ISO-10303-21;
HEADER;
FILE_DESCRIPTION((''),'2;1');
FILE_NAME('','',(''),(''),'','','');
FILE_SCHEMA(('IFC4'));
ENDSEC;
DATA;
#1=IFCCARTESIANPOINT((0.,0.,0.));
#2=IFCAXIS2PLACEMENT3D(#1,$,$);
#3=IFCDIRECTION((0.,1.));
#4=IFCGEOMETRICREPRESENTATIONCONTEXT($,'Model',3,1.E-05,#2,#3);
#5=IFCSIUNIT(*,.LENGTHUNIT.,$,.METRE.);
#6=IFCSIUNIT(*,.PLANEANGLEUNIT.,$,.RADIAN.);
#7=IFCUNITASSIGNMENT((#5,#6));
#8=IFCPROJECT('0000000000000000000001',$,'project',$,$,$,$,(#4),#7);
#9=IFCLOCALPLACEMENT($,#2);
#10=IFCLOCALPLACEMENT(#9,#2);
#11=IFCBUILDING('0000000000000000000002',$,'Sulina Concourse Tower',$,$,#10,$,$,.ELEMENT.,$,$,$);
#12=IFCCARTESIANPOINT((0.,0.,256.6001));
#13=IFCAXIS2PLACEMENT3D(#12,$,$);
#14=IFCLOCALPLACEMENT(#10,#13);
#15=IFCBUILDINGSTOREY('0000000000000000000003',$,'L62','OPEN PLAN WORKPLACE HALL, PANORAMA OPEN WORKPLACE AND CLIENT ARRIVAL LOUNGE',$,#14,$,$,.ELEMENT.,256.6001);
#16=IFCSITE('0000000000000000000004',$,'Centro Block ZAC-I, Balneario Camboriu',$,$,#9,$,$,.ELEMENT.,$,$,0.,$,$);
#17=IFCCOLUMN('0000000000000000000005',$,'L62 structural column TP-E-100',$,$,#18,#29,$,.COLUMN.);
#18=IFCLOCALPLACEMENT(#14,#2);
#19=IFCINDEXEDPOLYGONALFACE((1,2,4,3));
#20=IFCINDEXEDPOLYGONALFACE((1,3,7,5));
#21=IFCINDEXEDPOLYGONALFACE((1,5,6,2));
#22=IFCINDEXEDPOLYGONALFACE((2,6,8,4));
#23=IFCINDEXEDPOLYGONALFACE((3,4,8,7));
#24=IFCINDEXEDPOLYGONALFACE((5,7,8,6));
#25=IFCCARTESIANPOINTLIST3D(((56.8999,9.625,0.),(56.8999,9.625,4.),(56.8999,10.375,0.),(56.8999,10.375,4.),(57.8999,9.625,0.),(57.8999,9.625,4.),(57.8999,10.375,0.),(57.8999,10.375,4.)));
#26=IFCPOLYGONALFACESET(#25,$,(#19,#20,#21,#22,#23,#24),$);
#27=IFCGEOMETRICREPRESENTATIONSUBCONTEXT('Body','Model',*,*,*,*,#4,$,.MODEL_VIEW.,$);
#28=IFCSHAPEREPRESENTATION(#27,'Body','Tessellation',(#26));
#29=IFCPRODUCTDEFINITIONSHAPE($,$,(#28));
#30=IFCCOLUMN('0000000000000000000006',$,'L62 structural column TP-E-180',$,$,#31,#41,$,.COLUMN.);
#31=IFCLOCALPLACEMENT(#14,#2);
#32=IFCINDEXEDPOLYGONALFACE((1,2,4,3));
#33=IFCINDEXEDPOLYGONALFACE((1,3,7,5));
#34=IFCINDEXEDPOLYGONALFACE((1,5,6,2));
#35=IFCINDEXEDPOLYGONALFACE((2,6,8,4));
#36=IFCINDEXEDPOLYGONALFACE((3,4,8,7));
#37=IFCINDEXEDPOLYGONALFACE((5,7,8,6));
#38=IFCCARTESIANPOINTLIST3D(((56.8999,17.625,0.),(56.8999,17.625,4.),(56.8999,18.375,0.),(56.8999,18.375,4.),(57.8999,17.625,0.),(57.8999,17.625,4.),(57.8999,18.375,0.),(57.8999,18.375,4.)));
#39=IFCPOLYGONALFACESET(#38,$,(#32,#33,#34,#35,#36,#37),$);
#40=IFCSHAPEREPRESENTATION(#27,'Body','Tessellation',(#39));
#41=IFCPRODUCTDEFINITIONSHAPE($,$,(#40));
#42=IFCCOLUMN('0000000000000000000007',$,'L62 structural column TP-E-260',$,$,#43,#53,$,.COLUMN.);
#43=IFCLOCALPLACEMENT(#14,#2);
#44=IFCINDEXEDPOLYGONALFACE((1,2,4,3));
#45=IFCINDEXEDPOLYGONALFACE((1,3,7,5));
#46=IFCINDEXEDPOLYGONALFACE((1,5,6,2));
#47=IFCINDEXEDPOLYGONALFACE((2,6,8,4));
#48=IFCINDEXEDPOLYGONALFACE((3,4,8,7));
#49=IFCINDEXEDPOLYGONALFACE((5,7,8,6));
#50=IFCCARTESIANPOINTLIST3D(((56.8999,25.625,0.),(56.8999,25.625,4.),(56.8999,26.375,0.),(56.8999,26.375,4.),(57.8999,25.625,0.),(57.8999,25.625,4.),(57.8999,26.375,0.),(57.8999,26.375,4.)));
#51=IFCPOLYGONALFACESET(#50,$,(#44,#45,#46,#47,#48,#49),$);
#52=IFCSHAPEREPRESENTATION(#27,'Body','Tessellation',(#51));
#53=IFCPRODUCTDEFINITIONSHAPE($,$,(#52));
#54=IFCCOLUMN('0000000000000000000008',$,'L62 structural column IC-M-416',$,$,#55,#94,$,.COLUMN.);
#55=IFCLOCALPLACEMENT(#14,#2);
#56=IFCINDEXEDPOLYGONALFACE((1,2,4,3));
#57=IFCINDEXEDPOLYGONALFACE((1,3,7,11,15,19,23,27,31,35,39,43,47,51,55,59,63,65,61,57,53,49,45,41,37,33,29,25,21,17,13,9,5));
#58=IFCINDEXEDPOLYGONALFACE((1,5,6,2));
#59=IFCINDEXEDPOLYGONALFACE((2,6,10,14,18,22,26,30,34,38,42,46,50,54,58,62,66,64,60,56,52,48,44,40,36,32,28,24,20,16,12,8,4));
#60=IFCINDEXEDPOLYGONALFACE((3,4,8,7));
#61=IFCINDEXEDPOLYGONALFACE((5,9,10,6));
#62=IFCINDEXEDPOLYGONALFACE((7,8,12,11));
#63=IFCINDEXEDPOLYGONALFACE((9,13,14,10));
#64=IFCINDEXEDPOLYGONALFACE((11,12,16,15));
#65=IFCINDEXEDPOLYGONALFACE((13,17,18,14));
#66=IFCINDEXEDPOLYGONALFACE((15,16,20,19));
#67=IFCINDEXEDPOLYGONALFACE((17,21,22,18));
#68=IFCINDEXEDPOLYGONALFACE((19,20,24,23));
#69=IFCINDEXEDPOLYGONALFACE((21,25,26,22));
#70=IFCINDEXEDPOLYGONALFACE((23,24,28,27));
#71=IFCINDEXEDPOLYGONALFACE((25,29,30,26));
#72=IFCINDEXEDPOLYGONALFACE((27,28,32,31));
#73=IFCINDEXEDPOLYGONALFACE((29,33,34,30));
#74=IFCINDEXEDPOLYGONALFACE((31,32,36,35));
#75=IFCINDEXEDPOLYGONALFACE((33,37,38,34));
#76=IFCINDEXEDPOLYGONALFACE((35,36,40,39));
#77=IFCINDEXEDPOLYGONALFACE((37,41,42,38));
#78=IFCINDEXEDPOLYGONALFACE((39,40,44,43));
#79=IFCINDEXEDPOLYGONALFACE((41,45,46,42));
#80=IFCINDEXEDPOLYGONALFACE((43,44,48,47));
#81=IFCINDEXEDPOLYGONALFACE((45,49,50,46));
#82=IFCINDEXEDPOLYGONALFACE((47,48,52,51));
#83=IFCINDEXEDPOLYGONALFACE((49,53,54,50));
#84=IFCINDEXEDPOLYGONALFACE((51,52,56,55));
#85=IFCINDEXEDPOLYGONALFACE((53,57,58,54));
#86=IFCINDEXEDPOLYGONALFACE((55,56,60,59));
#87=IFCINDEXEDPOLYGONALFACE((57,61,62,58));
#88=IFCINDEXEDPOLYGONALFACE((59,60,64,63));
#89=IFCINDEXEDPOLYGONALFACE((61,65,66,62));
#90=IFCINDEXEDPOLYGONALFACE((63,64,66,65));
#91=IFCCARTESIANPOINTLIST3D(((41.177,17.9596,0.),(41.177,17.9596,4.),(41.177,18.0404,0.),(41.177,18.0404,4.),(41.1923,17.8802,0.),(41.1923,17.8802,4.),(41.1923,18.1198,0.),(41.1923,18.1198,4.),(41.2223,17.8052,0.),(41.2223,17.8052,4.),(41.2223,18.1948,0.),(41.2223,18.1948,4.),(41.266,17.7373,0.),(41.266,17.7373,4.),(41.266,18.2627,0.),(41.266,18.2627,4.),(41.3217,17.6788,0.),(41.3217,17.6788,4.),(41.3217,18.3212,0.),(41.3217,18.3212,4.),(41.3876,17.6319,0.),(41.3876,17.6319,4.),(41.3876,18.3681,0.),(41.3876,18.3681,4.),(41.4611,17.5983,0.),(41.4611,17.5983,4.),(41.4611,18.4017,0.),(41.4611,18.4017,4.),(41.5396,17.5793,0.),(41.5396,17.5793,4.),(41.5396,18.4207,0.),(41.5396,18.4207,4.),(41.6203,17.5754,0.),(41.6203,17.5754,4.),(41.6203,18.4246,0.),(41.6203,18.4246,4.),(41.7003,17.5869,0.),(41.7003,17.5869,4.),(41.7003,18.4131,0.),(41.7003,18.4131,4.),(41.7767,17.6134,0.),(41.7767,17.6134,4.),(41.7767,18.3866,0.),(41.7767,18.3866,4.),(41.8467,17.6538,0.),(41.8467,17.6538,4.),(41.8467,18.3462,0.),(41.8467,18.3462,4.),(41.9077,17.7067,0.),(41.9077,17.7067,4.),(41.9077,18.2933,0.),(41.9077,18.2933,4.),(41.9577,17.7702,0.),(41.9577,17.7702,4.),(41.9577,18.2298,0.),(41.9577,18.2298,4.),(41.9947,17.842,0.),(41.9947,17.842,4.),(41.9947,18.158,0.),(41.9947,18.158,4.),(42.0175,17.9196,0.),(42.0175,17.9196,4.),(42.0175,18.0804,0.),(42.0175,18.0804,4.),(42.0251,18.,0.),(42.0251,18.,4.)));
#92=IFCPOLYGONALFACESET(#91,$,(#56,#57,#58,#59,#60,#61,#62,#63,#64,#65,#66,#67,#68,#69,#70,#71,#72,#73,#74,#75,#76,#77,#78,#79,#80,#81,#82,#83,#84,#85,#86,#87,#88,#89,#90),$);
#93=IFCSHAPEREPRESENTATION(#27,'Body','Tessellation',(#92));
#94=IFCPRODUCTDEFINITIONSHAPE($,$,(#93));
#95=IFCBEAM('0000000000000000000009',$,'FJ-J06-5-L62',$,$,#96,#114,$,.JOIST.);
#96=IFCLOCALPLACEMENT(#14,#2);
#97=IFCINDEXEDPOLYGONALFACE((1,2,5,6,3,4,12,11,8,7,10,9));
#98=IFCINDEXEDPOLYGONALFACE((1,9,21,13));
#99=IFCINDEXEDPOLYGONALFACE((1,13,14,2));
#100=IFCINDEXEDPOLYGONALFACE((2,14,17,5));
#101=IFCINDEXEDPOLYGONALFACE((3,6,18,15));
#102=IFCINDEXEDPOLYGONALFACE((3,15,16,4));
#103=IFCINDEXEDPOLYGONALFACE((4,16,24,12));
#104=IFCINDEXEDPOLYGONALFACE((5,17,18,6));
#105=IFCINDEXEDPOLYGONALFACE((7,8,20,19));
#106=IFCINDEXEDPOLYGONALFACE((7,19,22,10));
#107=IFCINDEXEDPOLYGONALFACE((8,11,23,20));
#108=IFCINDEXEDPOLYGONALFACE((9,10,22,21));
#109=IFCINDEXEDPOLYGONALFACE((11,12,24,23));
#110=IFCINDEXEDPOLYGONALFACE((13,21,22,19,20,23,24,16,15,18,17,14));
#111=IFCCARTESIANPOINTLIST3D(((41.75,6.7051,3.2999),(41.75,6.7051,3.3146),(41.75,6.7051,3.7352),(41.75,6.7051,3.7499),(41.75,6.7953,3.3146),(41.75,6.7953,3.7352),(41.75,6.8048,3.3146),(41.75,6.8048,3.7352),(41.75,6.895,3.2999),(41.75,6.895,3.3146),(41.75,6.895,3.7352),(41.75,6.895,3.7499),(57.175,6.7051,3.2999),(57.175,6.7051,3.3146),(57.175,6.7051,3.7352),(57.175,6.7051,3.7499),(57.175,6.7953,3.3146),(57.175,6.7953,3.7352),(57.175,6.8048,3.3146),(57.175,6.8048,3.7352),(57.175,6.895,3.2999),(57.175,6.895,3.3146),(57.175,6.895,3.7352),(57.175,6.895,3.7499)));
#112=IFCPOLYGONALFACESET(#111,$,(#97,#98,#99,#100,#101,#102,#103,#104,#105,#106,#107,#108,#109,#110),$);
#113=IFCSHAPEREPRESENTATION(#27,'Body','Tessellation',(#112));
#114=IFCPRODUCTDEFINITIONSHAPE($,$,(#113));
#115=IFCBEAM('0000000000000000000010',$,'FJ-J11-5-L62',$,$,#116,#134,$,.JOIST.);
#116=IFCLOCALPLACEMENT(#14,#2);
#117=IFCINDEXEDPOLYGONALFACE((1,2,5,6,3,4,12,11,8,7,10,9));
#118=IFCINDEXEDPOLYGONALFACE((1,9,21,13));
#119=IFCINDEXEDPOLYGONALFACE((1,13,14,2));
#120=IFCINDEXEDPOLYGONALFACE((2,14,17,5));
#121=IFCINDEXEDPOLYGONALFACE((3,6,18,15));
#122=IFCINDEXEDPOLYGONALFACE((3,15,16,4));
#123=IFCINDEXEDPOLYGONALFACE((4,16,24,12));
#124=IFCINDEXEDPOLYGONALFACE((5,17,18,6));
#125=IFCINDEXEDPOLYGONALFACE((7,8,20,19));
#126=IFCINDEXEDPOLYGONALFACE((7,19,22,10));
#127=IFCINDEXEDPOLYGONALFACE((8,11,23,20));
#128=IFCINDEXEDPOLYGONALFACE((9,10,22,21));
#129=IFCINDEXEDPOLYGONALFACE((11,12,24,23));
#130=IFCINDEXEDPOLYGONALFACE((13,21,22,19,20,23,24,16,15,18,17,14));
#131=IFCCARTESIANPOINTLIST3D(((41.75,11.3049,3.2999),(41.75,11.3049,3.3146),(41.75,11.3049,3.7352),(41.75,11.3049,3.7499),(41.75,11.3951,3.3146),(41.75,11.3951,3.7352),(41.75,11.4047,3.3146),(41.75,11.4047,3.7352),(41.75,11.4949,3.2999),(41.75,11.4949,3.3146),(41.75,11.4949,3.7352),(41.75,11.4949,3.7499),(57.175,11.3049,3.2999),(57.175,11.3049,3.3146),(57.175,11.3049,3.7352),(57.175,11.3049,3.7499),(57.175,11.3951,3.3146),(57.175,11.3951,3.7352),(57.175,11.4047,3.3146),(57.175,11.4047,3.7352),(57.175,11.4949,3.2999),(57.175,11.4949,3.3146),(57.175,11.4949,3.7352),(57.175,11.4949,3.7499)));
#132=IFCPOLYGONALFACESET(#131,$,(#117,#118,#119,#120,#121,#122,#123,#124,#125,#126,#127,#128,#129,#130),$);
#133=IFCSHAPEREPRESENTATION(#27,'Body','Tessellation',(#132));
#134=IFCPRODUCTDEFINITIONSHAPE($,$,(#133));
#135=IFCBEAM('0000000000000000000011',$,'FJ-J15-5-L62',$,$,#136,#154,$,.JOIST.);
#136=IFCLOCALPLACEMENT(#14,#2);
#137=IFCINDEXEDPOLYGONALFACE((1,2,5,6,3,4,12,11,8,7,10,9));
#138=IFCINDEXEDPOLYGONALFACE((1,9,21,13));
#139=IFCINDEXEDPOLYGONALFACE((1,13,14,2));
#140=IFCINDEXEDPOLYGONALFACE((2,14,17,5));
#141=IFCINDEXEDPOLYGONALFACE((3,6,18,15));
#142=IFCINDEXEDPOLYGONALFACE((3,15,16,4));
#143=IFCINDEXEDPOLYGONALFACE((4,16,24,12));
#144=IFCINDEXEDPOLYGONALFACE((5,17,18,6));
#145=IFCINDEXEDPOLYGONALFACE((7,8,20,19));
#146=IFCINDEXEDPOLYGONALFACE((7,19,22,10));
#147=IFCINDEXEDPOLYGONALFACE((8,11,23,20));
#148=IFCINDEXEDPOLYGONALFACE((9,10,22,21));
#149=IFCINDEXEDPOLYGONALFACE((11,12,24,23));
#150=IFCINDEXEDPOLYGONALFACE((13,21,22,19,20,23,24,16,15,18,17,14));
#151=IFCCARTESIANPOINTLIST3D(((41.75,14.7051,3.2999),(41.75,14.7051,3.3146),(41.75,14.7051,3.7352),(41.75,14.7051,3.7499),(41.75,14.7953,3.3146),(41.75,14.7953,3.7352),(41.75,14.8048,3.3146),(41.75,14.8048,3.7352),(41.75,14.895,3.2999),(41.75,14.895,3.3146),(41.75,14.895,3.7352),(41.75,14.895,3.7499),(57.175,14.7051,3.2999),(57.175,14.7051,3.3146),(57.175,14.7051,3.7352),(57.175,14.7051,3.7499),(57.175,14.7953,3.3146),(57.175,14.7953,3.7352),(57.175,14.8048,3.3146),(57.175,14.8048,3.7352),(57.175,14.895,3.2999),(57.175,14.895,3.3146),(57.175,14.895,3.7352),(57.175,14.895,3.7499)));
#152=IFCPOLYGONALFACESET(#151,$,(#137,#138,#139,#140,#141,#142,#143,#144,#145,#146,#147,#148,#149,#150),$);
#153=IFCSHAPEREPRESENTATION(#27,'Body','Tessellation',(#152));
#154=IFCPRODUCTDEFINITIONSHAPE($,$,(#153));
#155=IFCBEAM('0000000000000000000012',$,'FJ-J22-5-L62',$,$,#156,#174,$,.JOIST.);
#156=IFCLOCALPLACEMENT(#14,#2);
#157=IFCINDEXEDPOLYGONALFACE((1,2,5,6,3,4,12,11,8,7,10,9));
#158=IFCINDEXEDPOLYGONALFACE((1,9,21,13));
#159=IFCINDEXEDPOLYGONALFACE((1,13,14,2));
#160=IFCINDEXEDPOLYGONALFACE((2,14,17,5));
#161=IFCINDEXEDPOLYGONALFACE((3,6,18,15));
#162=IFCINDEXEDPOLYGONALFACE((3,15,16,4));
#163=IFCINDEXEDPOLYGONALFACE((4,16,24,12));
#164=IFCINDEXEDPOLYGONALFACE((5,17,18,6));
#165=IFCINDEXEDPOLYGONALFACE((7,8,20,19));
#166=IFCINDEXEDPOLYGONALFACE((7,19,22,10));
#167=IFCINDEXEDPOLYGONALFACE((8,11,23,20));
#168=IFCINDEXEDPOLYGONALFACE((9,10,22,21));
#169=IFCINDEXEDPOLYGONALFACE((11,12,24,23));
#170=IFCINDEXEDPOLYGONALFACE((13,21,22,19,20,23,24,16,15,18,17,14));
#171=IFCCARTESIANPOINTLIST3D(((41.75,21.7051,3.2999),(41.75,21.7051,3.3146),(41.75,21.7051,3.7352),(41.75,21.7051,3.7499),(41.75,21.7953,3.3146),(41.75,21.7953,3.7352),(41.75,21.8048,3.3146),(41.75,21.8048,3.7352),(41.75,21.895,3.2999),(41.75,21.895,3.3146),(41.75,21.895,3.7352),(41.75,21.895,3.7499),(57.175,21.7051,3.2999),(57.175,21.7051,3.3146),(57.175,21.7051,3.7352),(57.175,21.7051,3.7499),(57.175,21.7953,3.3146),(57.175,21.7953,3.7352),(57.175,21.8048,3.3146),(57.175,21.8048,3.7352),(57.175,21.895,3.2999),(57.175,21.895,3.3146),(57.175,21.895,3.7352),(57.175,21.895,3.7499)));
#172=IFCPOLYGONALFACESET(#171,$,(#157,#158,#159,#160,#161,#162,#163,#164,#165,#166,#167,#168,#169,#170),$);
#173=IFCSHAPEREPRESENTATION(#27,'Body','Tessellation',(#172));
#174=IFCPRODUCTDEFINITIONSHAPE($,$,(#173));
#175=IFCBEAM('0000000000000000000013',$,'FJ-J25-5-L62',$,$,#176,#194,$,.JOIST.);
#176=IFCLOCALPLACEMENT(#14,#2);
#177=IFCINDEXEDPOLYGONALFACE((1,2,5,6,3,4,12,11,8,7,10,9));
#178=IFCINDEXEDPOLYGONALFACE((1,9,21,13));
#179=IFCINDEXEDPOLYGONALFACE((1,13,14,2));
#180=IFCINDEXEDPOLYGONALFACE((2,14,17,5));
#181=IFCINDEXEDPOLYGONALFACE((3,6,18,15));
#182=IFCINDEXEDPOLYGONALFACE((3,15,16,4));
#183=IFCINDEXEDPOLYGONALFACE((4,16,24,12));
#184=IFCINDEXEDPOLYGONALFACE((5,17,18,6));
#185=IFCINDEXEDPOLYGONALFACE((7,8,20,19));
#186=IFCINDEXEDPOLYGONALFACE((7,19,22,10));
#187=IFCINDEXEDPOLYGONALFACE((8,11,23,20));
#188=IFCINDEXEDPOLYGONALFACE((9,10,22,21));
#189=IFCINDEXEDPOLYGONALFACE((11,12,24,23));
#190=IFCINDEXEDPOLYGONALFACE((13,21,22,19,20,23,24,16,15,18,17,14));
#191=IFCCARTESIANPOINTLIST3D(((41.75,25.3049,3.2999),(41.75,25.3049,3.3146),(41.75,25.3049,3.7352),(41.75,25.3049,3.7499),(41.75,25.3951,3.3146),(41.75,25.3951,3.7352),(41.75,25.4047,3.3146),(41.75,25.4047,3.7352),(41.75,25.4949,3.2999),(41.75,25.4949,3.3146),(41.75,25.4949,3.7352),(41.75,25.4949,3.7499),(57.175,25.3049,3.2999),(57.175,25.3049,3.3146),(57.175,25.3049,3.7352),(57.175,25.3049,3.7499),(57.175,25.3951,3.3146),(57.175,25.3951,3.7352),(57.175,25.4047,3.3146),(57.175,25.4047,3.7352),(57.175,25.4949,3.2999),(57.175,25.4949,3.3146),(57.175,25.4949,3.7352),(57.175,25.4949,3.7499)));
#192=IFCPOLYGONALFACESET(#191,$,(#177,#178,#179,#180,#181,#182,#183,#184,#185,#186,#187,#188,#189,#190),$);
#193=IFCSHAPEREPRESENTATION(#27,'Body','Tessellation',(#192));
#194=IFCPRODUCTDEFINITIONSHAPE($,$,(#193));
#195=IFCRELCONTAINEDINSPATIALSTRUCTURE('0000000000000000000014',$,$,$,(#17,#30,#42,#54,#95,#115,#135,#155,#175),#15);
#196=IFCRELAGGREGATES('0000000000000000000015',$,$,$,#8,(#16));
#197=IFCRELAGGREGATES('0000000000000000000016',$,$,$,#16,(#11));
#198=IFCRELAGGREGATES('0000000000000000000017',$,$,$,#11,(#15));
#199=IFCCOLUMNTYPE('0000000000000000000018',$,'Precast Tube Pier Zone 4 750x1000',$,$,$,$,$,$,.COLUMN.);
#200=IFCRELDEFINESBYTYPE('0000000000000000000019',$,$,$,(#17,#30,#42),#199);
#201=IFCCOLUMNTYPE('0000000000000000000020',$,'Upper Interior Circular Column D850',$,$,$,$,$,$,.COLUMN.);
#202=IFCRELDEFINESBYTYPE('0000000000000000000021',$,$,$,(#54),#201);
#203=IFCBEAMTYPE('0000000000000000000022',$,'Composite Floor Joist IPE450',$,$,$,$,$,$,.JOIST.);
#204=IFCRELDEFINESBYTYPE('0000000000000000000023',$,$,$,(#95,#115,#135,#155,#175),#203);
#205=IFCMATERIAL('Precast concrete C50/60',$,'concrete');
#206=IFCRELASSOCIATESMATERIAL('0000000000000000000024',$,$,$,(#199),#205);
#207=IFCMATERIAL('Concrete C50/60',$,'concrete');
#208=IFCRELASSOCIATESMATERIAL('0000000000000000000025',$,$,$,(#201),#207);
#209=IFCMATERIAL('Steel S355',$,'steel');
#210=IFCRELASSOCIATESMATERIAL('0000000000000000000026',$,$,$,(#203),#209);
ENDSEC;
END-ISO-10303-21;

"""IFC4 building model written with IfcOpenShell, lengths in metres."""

from ifc_helpers import new_model, si_unit, direction, frame, origin, origin_2d, place, context, subcontext, project, spatial, rectangle, circle, i_section, extrude, material, material_profile, profile_set, type_object, element, save


model = new_model("IFC4")

# Units and contexts
model_context = context("Model", 3, precision=1e-05, world=origin(), true_north=direction((0.0, 1.0)))
body_context = subcontext(model_context, "Body", "Model", "MODEL_VIEW")
ifc_project = project(units=[si_unit("LENGTHUNIT", "METRE"), si_unit("PLANEANGLEUNIT", "RADIAN")], contexts=[model_context])

# Site, building, storey
site_placement = place(None, origin())
site = spatial("IfcSite", under=ifc_project, at=site_placement, Name="Centro Block ZAC-I, Balneario Camboriu", CompositionType="ELEMENT", RefElevation=0.0)
building_placement = place(site_placement, origin())
building = spatial("IfcBuilding", under=site, at=building_placement, Name="Sulina Concourse Tower", CompositionType="ELEMENT")
storey_placement = place(building_placement, frame((0.0, 0.0, 256.6001)))
storey = spatial("IfcBuildingStorey", under=building, at=storey_placement, Name="L62", Description="OPEN PLAN WORKPLACE HALL, PANORAMA OPEN WORKPLACE AND CLIENT ARRIVAL LOUNGE", CompositionType="ELEMENT", Elevation=256.6001)

# Columns
ifc_material_1 = material(Name="Precast concrete C50/60", Category="concrete")
ifc_material_profile_1 = material_profile(ifc_material_1, rectangle(XDim=0.75, YDim=1.0, at=origin_2d()), Name="PC 750x1000")
ifc_profile_set_1 = profile_set([ifc_material_profile_1], Name="Precast concrete C50/60")
column_type_1 = type_object("IfcColumnType", Name="Precast Tube Pier Zone 4 750x1000", PredefinedType="COLUMN", material=ifc_profile_set_1)
for number, where, z_axis, x_axis, name in (
    (1, (57.3999, 10.0, 0.0), (0.0, 0.0, 1.0), (0.0, 1.0, 0.0), "L62 structural column TP-E-100"),
    (2, (57.3999, 18.0, 0.0), (0.0, 0.0, 1.0), (0.0, 1.0, 0.0), "L62 structural column TP-E-180"),
    (3, (57.3999, 26.0, 0.0), (0.0, 0.0, 1.0), (0.0, 1.0, 0.0), "L62 structural column TP-E-260"),
):
    element("IfcColumn", number, at=place(storey_placement, frame(where, z_axis=z_axis, x_axis=x_axis)), inside=storey, type_object=column_type_1, Name=name, PredefinedType="COLUMN", context=body_context, shape_type="SweptSolid", body=[
        extrude(rectangle(XDim=0.75, YDim=1.0, at=origin_2d()), origin(), (0.0, 0.0, 1.0), 4.0),
    ])
ifc_material_2 = material(Name="Concrete C50/60", Category="concrete")
ifc_material_profile_2 = material_profile(ifc_material_2, circle(Radius=0.425, at=origin_2d()), Name="RC D850")
ifc_profile_set_2 = profile_set([ifc_material_profile_2], Name="Concrete C50/60")
column_type_2 = type_object("IfcColumnType", Name="Upper Interior Circular Column D850", PredefinedType="COLUMN", material=ifc_profile_set_2)
column_placement = place(storey_placement, frame((41.6001, 18.0, 0.0), z_axis=(0.0, 0.0, 1.0), x_axis=(1.0, 0.0, 0.0)))
element("IfcColumn", 4, at=column_placement, inside=storey, type_object=column_type_2, Name="L62 structural column IC-M-416", PredefinedType="COLUMN", context=body_context, shape_type="SweptSolid", body=[
    extrude(circle(Radius=0.425, at=origin_2d()), origin(), (0.0, 0.0, 1.0), 4.0),
])

# Beams
ifc_material_3 = material(Name="Steel S355", Category="steel")
ifc_material_profile_3 = material_profile(ifc_material_3, i_section(OverallWidth=0.1899, OverallDepth=0.45, WebThickness=0.0095, FlangeThickness=0.0146, at=origin_2d()), Name="IPE 450")
ifc_profile_set_3 = profile_set([ifc_material_profile_3], Name="Steel S355")
beam_type_1 = type_object("IfcBeamType", Name="Composite Floor Joist IPE450", PredefinedType="JOIST", material=ifc_profile_set_3)
for number, where, z_axis, x_axis, name in (
    (5, (41.75, 6.8, 3.5249), (1.0, 0.0, 0.0), (0.0, 1.0, 0.0), "FJ-J06-5-L62"),
    (6, (41.75, 11.3999, 3.5249), (1.0, 0.0, 0.0), (0.0, 1.0, 0.0), "FJ-J11-5-L62"),
    (7, (41.75, 14.8, 3.5249), (1.0, 0.0, 0.0), (0.0, 1.0, 0.0), "FJ-J15-5-L62"),
    (8, (41.75, 21.8, 3.5249), (1.0, 0.0, 0.0), (0.0, 1.0, 0.0), "FJ-J22-5-L62"),
    (9, (41.75, 25.3999, 3.5249), (1.0, 0.0, 0.0), (0.0, 1.0, 0.0), "FJ-J25-5-L62"),
):
    element("IfcBeam", number, at=place(storey_placement, frame(where, z_axis=z_axis, x_axis=x_axis)), inside=storey, type_object=beam_type_1, Name=name, PredefinedType="JOIST", context=body_context, shape_type="SweptSolid", body=[
        extrude(i_section(OverallWidth=0.1899, OverallDepth=0.45, WebThickness=0.0095, FlangeThickness=0.0146, at=origin_2d()), origin(), (0.0, 0.0, 1.0), 15.425),
    ])

save(model, "model.ifc")
